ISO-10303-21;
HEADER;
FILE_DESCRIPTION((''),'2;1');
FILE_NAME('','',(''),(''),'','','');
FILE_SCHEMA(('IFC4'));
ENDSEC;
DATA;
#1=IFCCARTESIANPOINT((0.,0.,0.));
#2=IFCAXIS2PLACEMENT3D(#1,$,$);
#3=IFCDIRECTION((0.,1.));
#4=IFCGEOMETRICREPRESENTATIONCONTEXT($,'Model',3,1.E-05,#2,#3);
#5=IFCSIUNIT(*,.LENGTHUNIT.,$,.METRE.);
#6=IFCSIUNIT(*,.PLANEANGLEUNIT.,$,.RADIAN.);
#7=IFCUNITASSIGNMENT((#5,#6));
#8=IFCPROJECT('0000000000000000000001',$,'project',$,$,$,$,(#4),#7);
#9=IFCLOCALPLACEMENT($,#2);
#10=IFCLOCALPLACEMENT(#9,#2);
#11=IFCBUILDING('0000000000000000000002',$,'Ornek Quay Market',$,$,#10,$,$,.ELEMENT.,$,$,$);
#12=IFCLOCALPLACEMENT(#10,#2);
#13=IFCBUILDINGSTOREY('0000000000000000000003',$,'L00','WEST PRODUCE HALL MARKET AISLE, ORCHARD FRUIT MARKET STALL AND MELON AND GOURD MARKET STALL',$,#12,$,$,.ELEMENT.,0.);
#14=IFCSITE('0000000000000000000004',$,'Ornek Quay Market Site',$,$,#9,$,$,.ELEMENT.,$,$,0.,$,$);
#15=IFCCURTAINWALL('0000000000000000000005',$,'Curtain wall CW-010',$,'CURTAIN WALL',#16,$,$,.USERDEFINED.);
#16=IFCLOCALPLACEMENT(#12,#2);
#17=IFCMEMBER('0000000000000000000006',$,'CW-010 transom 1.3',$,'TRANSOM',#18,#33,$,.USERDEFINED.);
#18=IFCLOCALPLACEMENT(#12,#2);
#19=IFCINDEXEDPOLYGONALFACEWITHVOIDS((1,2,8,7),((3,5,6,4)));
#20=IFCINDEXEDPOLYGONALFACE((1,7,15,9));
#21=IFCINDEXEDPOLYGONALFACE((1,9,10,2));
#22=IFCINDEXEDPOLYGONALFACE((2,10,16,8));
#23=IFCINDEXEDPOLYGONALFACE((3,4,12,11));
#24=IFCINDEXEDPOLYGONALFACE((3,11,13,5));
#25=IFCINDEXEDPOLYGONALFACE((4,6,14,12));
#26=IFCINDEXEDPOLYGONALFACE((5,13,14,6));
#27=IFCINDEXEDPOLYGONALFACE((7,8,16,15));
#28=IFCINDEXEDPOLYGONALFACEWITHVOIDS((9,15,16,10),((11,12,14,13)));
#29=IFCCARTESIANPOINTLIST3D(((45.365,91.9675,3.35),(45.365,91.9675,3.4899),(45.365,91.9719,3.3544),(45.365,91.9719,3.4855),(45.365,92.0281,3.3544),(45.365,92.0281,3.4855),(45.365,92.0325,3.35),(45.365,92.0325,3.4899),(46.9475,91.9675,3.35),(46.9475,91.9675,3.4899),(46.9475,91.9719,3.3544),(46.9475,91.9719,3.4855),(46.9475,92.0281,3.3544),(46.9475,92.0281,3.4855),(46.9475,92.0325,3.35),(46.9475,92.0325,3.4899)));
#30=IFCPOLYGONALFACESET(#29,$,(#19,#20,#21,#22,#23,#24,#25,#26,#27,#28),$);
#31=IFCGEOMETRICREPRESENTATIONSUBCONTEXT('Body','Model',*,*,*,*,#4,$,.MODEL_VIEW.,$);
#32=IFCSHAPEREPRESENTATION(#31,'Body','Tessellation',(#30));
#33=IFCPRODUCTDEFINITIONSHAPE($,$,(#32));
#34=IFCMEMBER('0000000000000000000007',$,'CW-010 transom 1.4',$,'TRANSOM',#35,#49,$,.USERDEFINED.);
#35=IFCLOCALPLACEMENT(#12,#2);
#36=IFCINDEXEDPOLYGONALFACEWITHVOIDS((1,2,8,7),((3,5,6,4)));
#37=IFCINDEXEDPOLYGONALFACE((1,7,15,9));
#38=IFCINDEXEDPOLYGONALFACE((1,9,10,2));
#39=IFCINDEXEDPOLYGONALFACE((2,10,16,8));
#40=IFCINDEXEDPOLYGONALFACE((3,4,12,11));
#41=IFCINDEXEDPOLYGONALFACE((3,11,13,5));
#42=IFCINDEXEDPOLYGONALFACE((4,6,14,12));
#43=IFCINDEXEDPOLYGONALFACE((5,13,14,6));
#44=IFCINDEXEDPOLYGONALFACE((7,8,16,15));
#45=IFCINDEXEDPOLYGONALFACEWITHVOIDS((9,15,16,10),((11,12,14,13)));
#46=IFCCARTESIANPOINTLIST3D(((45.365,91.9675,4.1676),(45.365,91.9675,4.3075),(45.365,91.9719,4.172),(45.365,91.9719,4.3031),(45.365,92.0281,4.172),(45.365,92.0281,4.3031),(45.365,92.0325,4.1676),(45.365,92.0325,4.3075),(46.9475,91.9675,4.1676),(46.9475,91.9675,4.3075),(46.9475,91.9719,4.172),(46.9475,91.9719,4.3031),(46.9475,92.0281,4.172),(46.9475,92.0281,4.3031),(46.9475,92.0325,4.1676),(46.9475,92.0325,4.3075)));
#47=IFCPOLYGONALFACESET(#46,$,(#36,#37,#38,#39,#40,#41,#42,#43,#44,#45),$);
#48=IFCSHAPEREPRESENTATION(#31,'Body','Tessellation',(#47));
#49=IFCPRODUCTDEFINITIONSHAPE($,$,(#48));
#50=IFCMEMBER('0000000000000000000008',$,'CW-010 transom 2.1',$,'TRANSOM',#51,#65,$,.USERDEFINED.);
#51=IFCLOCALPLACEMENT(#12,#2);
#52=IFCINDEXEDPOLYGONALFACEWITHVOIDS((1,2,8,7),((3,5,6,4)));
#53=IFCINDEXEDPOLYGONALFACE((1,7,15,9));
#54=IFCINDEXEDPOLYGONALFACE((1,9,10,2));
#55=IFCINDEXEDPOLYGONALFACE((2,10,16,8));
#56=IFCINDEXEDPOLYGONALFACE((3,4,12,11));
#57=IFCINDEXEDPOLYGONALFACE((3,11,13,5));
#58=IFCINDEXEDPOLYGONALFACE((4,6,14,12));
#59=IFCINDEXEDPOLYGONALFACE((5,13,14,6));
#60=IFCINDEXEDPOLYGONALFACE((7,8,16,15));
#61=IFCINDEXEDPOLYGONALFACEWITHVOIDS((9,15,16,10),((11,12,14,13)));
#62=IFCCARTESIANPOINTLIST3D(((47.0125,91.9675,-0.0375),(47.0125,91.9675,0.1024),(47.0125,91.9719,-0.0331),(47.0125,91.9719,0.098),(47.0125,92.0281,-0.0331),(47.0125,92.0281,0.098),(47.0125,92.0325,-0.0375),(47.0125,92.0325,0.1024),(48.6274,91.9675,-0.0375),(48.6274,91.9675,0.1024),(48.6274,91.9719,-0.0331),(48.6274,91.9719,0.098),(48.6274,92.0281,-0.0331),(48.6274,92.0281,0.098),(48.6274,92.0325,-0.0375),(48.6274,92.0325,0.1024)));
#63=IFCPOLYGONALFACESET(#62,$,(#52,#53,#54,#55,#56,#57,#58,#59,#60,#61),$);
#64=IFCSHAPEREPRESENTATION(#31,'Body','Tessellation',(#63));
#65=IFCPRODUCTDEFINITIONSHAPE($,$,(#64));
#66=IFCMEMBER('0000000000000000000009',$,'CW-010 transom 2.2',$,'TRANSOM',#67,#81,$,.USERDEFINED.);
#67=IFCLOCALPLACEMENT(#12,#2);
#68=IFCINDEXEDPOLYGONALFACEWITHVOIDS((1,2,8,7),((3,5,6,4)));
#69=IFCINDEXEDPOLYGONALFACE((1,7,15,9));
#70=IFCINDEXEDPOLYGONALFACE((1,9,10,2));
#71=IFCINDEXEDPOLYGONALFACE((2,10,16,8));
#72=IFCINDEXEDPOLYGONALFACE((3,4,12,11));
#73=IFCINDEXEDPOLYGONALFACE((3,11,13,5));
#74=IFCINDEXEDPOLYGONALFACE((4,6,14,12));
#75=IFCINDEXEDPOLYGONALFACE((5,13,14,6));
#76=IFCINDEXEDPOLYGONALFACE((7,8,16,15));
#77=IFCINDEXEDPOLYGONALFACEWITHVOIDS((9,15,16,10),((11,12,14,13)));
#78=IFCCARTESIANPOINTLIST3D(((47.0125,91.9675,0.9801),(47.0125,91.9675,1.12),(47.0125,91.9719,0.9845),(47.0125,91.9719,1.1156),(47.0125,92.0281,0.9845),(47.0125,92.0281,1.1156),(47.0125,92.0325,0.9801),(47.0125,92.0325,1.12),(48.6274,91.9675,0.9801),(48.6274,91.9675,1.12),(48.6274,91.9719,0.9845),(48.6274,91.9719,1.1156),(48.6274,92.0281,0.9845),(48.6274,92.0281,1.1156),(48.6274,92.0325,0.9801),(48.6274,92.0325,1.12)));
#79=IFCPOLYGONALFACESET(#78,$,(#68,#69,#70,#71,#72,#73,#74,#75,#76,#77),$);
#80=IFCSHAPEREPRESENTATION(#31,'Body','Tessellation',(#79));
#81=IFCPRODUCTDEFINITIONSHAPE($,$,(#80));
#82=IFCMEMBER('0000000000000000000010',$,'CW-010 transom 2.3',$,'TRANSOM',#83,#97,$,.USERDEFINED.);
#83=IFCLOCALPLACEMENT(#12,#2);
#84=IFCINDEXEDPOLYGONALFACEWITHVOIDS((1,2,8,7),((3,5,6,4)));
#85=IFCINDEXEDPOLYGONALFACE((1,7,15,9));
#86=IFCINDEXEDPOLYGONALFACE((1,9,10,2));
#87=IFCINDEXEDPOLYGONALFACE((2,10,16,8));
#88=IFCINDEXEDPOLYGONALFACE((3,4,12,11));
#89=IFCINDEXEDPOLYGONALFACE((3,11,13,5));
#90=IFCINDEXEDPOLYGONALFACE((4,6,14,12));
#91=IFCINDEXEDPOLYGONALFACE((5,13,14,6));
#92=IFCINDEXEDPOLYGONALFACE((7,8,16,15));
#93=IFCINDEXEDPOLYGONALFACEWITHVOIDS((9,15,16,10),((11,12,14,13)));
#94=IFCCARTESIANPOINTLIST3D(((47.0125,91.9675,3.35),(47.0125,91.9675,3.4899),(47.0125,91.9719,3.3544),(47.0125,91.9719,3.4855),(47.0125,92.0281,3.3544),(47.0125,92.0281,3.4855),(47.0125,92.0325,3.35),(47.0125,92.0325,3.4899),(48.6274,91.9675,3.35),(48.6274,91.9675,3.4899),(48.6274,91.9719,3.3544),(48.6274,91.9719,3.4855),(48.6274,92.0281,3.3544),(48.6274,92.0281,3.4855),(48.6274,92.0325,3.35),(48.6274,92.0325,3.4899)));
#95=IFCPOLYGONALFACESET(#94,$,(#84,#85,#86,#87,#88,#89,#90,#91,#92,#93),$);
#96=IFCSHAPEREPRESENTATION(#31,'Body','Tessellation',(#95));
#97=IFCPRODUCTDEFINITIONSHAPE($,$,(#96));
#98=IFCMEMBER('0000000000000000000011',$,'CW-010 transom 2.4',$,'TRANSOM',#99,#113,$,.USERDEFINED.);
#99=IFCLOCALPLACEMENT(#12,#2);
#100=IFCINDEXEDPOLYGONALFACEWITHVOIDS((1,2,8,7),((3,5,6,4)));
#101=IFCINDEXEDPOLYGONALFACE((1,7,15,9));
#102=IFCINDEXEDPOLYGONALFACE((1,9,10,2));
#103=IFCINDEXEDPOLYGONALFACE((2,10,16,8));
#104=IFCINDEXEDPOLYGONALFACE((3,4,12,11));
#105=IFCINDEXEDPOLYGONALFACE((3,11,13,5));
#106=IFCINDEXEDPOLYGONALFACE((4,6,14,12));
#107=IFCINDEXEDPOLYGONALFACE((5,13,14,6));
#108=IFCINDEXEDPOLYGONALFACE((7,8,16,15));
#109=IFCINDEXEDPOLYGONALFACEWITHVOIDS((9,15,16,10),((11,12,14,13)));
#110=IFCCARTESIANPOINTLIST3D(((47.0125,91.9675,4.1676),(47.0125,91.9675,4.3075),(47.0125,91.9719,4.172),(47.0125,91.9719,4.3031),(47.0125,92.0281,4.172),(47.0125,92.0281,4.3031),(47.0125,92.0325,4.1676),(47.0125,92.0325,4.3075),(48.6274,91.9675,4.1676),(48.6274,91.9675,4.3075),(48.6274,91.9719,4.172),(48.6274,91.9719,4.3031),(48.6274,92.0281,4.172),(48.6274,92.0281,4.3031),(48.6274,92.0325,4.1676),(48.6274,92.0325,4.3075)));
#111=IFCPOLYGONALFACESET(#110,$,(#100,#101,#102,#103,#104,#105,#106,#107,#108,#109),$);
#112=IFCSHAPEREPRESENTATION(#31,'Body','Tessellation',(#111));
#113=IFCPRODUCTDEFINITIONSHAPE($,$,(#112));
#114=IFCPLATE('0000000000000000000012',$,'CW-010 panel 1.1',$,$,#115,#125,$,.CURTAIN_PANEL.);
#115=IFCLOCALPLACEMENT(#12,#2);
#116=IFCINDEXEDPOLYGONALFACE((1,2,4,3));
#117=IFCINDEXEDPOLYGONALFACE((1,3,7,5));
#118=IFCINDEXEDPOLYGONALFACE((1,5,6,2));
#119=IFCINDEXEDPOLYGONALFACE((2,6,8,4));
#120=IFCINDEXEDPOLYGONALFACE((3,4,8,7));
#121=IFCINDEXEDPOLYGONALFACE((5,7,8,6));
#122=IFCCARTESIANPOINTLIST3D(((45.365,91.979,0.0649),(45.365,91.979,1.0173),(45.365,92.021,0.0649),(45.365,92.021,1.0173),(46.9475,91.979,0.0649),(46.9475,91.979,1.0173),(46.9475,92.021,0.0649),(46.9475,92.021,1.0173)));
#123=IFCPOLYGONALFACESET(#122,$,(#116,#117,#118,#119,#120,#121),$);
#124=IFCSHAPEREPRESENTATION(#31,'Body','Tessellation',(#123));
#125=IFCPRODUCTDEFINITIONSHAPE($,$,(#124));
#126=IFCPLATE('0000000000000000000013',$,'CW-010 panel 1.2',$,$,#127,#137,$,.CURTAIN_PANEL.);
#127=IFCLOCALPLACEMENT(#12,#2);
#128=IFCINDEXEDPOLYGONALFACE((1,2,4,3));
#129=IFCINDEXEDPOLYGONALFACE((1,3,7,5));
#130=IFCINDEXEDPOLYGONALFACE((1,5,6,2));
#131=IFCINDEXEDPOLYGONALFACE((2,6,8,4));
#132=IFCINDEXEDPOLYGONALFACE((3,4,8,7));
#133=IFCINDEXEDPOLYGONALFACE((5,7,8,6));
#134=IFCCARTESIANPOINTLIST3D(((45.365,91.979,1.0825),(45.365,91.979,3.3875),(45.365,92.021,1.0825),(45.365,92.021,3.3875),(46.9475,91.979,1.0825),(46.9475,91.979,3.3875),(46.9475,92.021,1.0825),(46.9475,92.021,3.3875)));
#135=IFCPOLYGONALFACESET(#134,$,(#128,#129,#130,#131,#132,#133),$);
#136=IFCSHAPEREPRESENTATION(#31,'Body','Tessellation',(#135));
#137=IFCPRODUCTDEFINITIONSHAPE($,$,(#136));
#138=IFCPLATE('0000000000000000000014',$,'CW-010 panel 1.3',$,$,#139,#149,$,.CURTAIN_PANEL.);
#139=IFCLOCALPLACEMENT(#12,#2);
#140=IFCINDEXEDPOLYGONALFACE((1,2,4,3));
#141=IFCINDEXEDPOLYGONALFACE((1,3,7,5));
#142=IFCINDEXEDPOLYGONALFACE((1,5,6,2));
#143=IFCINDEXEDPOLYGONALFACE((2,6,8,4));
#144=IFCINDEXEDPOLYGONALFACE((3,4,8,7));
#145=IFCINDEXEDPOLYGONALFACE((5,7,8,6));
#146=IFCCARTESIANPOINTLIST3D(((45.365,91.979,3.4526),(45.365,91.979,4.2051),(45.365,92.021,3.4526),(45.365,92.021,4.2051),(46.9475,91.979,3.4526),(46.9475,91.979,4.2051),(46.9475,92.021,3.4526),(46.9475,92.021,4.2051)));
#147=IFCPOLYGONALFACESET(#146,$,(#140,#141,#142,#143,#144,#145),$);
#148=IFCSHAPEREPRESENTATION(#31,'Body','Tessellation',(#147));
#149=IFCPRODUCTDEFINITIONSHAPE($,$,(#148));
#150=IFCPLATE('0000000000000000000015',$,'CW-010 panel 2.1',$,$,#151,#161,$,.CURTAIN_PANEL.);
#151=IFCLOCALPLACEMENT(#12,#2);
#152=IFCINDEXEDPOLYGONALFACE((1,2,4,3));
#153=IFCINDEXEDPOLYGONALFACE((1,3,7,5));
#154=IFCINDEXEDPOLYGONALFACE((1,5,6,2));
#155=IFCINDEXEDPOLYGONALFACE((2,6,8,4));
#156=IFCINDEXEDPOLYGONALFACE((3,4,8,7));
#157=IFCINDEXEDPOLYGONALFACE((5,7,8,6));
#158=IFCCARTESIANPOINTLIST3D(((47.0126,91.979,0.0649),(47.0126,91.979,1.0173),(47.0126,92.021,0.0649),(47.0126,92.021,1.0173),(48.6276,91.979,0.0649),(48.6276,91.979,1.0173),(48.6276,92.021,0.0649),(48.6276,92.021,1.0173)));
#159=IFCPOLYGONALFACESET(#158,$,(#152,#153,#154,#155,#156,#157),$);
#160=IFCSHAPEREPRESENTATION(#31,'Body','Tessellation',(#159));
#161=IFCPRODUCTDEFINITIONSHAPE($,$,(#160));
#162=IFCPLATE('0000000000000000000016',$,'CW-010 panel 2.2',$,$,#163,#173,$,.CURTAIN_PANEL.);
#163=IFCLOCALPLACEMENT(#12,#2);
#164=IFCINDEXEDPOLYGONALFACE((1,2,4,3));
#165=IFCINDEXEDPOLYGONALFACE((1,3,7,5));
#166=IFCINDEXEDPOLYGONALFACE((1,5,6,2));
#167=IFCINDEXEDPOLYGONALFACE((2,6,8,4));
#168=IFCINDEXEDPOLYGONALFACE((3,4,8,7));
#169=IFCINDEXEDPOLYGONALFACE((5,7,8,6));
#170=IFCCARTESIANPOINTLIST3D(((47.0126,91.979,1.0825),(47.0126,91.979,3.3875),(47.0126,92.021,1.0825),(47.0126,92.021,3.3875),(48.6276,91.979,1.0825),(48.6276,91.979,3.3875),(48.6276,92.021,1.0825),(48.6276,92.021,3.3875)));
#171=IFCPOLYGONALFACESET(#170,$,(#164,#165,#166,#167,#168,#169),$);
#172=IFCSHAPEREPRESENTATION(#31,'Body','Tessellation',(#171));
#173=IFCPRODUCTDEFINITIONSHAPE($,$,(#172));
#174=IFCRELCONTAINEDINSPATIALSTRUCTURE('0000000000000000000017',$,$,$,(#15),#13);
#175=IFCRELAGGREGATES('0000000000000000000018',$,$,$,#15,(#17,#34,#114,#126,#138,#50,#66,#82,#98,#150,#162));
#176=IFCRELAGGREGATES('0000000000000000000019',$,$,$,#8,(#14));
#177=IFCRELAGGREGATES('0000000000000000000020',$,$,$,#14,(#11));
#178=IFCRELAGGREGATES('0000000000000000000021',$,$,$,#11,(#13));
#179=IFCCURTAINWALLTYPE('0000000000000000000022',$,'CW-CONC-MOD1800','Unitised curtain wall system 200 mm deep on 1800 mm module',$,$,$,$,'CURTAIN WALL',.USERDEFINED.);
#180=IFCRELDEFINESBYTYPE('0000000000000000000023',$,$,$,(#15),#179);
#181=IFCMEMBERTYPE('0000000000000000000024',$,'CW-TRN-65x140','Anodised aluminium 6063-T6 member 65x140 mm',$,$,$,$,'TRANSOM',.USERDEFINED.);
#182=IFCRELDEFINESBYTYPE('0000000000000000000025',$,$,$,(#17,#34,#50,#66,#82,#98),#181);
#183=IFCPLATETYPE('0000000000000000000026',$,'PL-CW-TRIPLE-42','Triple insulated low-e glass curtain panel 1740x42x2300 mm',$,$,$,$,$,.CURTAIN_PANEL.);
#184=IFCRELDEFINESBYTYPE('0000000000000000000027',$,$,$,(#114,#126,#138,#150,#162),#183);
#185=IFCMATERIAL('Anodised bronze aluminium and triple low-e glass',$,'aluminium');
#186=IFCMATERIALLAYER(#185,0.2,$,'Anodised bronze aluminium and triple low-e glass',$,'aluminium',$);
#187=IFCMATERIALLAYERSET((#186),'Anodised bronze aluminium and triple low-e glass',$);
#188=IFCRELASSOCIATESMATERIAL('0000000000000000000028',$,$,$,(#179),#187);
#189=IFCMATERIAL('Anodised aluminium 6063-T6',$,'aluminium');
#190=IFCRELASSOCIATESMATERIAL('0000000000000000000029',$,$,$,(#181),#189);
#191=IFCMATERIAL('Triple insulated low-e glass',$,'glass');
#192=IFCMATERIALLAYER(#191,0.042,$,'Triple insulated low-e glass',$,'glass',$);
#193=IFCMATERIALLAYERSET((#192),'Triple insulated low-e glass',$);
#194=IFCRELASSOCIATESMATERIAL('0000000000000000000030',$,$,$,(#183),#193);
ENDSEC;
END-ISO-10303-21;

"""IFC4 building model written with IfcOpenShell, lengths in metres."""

from ifc_helpers import new_model, si_unit, direction, frame, origin, origin_2d, place, context, subcontext, project, spatial, rectangle, hollow_rectangle, extrude, material, layer, layer_set, material_profile, profile_set, type_object, element, aggregate, save


model = new_model("IFC4")

# Units and contexts
model_context = context("Model", 3, precision=1e-05, world=origin(), true_north=direction((0.0, 1.0)))
body_context = subcontext(model_context, "Body", "Model", "MODEL_VIEW")
ifc_project = project(units=[si_unit("LENGTHUNIT", "METRE"), si_unit("PLANEANGLEUNIT", "RADIAN")], contexts=[model_context])

# Site, building, storey
site_placement = place(None, origin())
site = spatial("IfcSite", under=ifc_project, at=site_placement, Name="Ornek Quay Market Site", CompositionType="ELEMENT", RefElevation=0.0)
building_placement = place(site_placement, origin())
building = spatial("IfcBuilding", under=site, at=building_placement, Name="Ornek Quay Market", CompositionType="ELEMENT")
storey_placement = place(building_placement, origin())
storey = spatial("IfcBuildingStorey", under=building, at=storey_placement, Name="L00", Description="WEST PRODUCE HALL MARKET AISLE, ORCHARD FRUIT MARKET STALL AND MELON AND GOURD MARKET STALL", CompositionType="ELEMENT", Elevation=0.0)

# Curtain wall, members, plates
ifc_material_1 = material(Name="Anodised bronze aluminium and triple low-e glass", Category="aluminium")
ifc_layer_1 = layer(ifc_material_1, 0.2, Name="Anodised bronze aluminium and triple low-e glass", Category="aluminium")
ifc_layer_set_1 = layer_set([ifc_layer_1], Name="Anodised bronze aluminium and triple low-e glass")
curtain_wall_type = type_object("IfcCurtainWallType", Name="CW-CONC-MOD1800", Description="Unitised curtain wall system 200 mm deep on 1800 mm module", ElementType="CURTAIN WALL", PredefinedType="USERDEFINED", material=ifc_layer_set_1)
curtain_wall_placement = place(storey_placement, origin())
curtain_wall = element("IfcCurtainWall", 1, at=curtain_wall_placement, inside=storey, type_object=curtain_wall_type, Name="Curtain wall CW-010", ObjectType="CURTAIN WALL", PredefinedType="USERDEFINED")
ifc_material_2 = material(Name="Anodised aluminium 6063-T6", Category="aluminium")
ifc_material_profile_1 = material_profile(ifc_material_2, hollow_rectangle(XDim=0.0649, YDim=0.1399, WallThickness=0.0044, at=origin_2d()), Name="CW-TRN-65x140", Category="aluminium")
ifc_profile_set_1 = profile_set([ifc_material_profile_1], Name="Anodised aluminium 6063-T6")
member_type_1 = type_object("IfcMemberType", Name="CW-TRN-65x140", Description="Anodised aluminium 6063-T6 member 65x140 mm", ElementType="TRANSOM", PredefinedType="USERDEFINED", material=ifc_profile_set_1)
member_1_placement = place(storey_placement, frame((45.365, 92.0, 3.4199), z_axis=(1.0, 0.0, 0.0), x_axis=(0.0, 1.0, 0.0)))
member_1 = element("IfcMember", 2, at=member_1_placement, type_object=member_type_1, Name="CW-010 transom 1.3", ObjectType="TRANSOM", PredefinedType="USERDEFINED", context=body_context, shape_type="SweptSolid", body=[
    extrude(hollow_rectangle(XDim=0.0649, YDim=0.1399, WallThickness=0.0044, at=origin_2d()), origin(), (0.0, 0.0, 1.0), 1.5825),
])
member_2_placement = place(storey_placement, frame((45.365, 92.0, 4.2375), z_axis=(1.0, 0.0, 0.0), x_axis=(0.0, 1.0, 0.0)))
member_2 = element("IfcMember", 3, at=member_2_placement, type_object=member_type_1, Name="CW-010 transom 1.4", ObjectType="TRANSOM", PredefinedType="USERDEFINED", context=body_context, shape_type="SweptSolid", body=[
    extrude(hollow_rectangle(XDim=0.0649, YDim=0.1399, WallThickness=0.0044, at=origin_2d()), origin(), (0.0, 0.0, 1.0), 1.5825),
])
member_3_placement = place(storey_placement, frame((47.0125, 92.0, 0.0325), z_axis=(1.0, 0.0, 0.0), x_axis=(0.0, 1.0, 0.0)))
member_3 = element("IfcMember", 4, at=member_3_placement, type_object=member_type_1, Name="CW-010 transom 2.1", ObjectType="TRANSOM", PredefinedType="USERDEFINED", context=body_context, shape_type="SweptSolid", body=[
    extrude(hollow_rectangle(XDim=0.0649, YDim=0.1399, WallThickness=0.0044, at=origin_2d()), origin(), (0.0, 0.0, 1.0), 1.615),
])
member_4_placement = place(storey_placement, frame((47.0125, 92.0, 1.05), z_axis=(1.0, 0.0, 0.0), x_axis=(0.0, 1.0, 0.0)))
member_4 = element("IfcMember", 5, at=member_4_placement, type_object=member_type_1, Name="CW-010 transom 2.2", ObjectType="TRANSOM", PredefinedType="USERDEFINED", context=body_context, shape_type="SweptSolid", body=[
    extrude(hollow_rectangle(XDim=0.0649, YDim=0.1399, WallThickness=0.0044, at=origin_2d()), origin(), (0.0, 0.0, 1.0), 1.615),
])
member_5_placement = place(storey_placement, frame((47.0125, 92.0, 3.4199), z_axis=(1.0, 0.0, 0.0), x_axis=(0.0, 1.0, 0.0)))
member_5 = element("IfcMember", 6, at=member_5_placement, type_object=member_type_1, Name="CW-010 transom 2.3", ObjectType="TRANSOM", PredefinedType="USERDEFINED", context=body_context, shape_type="SweptSolid", body=[
    extrude(hollow_rectangle(XDim=0.0649, YDim=0.1399, WallThickness=0.0044, at=origin_2d()), origin(), (0.0, 0.0, 1.0), 1.615),
])
member_6_placement = place(storey_placement, frame((47.0125, 92.0, 4.2375), z_axis=(1.0, 0.0, 0.0), x_axis=(0.0, 1.0, 0.0)))
member_6 = element("IfcMember", 7, at=member_6_placement, type_object=member_type_1, Name="CW-010 transom 2.4", ObjectType="TRANSOM", PredefinedType="USERDEFINED", context=body_context, shape_type="SweptSolid", body=[
    extrude(hollow_rectangle(XDim=0.0649, YDim=0.1399, WallThickness=0.0044, at=origin_2d()), origin(), (0.0, 0.0, 1.0), 1.615),
])
ifc_material_3 = material(Name="Triple insulated low-e glass", Category="glass")
ifc_layer_2 = layer(ifc_material_3, 0.042, Name="Triple insulated low-e glass", Category="glass")
ifc_layer_set_2 = layer_set([ifc_layer_2], Name="Triple insulated low-e glass")
plate_type = type_object("IfcPlateType", Name="PL-CW-TRIPLE-42", Description="Triple insulated low-e glass curtain panel 1740x42x2300 mm", PredefinedType="CURTAIN_PANEL", material=ifc_layer_set_2)
plate_1_placement = place(storey_placement, frame((46.1562, 92.0, 0.0649), z_axis=(0.0, 0.0, 1.0), x_axis=(1.0, 0.0, 0.0)))
plate_1 = element("IfcPlate", 8, at=plate_1_placement, type_object=plate_type, Name="CW-010 panel 1.1", PredefinedType="CURTAIN_PANEL", context=body_context, shape_type="SweptSolid", body=[
    extrude(rectangle(XDim=1.5825, YDim=0.042, at=origin_2d()), origin(), (0.0, 0.0, 1.0), 0.9524),
])
plate_2_placement = place(storey_placement, frame((46.1562, 92.0, 1.0825), z_axis=(0.0, 0.0, 1.0), x_axis=(1.0, 0.0, 0.0)))
plate_2 = element("IfcPlate", 9, at=plate_2_placement, type_object=plate_type, Name="CW-010 panel 1.2", PredefinedType="CURTAIN_PANEL", context=body_context, shape_type="SweptSolid", body=[
    extrude(rectangle(XDim=1.5825, YDim=0.042, at=origin_2d()), origin(), (0.0, 0.0, 1.0), 2.3049),
])
plate_3_placement = place(storey_placement, frame((46.1562, 92.0, 3.4526), z_axis=(0.0, 0.0, 1.0), x_axis=(1.0, 0.0, 0.0)))
plate_3 = element("IfcPlate", 10, at=plate_3_placement, type_object=plate_type, Name="CW-010 panel 1.3", PredefinedType="CURTAIN_PANEL", context=body_context, shape_type="SweptSolid", body=[
    extrude(rectangle(XDim=1.5825, YDim=0.042, at=origin_2d()), origin(), (0.0, 0.0, 1.0), 0.7524),
])
plate_4_placement = place(storey_placement, frame((47.8201, 92.0, 0.0649), z_axis=(0.0, 0.0, 1.0), x_axis=(1.0, 0.0, 0.0)))
plate_4 = element("IfcPlate", 11, at=plate_4_placement, type_object=plate_type, Name="CW-010 panel 2.1", PredefinedType="CURTAIN_PANEL", context=body_context, shape_type="SweptSolid", body=[
    extrude(rectangle(XDim=1.615, YDim=0.042, at=origin_2d()), origin(), (0.0, 0.0, 1.0), 0.9524),
])
plate_5_placement = place(storey_placement, frame((47.8201, 92.0, 1.0825), z_axis=(0.0, 0.0, 1.0), x_axis=(1.0, 0.0, 0.0)))
plate_5 = element("IfcPlate", 12, at=plate_5_placement, type_object=plate_type, Name="CW-010 panel 2.2", PredefinedType="CURTAIN_PANEL", context=body_context, shape_type="SweptSolid", body=[
    extrude(rectangle(XDim=1.615, YDim=0.042, at=origin_2d()), origin(), (0.0, 0.0, 1.0), 2.3049),
])
aggregate(curtain_wall, [member_1, member_2, plate_1, plate_2, plate_3, member_3, member_4, member_5, member_6, plate_4, plate_5])

save(model, "model.ifc")
